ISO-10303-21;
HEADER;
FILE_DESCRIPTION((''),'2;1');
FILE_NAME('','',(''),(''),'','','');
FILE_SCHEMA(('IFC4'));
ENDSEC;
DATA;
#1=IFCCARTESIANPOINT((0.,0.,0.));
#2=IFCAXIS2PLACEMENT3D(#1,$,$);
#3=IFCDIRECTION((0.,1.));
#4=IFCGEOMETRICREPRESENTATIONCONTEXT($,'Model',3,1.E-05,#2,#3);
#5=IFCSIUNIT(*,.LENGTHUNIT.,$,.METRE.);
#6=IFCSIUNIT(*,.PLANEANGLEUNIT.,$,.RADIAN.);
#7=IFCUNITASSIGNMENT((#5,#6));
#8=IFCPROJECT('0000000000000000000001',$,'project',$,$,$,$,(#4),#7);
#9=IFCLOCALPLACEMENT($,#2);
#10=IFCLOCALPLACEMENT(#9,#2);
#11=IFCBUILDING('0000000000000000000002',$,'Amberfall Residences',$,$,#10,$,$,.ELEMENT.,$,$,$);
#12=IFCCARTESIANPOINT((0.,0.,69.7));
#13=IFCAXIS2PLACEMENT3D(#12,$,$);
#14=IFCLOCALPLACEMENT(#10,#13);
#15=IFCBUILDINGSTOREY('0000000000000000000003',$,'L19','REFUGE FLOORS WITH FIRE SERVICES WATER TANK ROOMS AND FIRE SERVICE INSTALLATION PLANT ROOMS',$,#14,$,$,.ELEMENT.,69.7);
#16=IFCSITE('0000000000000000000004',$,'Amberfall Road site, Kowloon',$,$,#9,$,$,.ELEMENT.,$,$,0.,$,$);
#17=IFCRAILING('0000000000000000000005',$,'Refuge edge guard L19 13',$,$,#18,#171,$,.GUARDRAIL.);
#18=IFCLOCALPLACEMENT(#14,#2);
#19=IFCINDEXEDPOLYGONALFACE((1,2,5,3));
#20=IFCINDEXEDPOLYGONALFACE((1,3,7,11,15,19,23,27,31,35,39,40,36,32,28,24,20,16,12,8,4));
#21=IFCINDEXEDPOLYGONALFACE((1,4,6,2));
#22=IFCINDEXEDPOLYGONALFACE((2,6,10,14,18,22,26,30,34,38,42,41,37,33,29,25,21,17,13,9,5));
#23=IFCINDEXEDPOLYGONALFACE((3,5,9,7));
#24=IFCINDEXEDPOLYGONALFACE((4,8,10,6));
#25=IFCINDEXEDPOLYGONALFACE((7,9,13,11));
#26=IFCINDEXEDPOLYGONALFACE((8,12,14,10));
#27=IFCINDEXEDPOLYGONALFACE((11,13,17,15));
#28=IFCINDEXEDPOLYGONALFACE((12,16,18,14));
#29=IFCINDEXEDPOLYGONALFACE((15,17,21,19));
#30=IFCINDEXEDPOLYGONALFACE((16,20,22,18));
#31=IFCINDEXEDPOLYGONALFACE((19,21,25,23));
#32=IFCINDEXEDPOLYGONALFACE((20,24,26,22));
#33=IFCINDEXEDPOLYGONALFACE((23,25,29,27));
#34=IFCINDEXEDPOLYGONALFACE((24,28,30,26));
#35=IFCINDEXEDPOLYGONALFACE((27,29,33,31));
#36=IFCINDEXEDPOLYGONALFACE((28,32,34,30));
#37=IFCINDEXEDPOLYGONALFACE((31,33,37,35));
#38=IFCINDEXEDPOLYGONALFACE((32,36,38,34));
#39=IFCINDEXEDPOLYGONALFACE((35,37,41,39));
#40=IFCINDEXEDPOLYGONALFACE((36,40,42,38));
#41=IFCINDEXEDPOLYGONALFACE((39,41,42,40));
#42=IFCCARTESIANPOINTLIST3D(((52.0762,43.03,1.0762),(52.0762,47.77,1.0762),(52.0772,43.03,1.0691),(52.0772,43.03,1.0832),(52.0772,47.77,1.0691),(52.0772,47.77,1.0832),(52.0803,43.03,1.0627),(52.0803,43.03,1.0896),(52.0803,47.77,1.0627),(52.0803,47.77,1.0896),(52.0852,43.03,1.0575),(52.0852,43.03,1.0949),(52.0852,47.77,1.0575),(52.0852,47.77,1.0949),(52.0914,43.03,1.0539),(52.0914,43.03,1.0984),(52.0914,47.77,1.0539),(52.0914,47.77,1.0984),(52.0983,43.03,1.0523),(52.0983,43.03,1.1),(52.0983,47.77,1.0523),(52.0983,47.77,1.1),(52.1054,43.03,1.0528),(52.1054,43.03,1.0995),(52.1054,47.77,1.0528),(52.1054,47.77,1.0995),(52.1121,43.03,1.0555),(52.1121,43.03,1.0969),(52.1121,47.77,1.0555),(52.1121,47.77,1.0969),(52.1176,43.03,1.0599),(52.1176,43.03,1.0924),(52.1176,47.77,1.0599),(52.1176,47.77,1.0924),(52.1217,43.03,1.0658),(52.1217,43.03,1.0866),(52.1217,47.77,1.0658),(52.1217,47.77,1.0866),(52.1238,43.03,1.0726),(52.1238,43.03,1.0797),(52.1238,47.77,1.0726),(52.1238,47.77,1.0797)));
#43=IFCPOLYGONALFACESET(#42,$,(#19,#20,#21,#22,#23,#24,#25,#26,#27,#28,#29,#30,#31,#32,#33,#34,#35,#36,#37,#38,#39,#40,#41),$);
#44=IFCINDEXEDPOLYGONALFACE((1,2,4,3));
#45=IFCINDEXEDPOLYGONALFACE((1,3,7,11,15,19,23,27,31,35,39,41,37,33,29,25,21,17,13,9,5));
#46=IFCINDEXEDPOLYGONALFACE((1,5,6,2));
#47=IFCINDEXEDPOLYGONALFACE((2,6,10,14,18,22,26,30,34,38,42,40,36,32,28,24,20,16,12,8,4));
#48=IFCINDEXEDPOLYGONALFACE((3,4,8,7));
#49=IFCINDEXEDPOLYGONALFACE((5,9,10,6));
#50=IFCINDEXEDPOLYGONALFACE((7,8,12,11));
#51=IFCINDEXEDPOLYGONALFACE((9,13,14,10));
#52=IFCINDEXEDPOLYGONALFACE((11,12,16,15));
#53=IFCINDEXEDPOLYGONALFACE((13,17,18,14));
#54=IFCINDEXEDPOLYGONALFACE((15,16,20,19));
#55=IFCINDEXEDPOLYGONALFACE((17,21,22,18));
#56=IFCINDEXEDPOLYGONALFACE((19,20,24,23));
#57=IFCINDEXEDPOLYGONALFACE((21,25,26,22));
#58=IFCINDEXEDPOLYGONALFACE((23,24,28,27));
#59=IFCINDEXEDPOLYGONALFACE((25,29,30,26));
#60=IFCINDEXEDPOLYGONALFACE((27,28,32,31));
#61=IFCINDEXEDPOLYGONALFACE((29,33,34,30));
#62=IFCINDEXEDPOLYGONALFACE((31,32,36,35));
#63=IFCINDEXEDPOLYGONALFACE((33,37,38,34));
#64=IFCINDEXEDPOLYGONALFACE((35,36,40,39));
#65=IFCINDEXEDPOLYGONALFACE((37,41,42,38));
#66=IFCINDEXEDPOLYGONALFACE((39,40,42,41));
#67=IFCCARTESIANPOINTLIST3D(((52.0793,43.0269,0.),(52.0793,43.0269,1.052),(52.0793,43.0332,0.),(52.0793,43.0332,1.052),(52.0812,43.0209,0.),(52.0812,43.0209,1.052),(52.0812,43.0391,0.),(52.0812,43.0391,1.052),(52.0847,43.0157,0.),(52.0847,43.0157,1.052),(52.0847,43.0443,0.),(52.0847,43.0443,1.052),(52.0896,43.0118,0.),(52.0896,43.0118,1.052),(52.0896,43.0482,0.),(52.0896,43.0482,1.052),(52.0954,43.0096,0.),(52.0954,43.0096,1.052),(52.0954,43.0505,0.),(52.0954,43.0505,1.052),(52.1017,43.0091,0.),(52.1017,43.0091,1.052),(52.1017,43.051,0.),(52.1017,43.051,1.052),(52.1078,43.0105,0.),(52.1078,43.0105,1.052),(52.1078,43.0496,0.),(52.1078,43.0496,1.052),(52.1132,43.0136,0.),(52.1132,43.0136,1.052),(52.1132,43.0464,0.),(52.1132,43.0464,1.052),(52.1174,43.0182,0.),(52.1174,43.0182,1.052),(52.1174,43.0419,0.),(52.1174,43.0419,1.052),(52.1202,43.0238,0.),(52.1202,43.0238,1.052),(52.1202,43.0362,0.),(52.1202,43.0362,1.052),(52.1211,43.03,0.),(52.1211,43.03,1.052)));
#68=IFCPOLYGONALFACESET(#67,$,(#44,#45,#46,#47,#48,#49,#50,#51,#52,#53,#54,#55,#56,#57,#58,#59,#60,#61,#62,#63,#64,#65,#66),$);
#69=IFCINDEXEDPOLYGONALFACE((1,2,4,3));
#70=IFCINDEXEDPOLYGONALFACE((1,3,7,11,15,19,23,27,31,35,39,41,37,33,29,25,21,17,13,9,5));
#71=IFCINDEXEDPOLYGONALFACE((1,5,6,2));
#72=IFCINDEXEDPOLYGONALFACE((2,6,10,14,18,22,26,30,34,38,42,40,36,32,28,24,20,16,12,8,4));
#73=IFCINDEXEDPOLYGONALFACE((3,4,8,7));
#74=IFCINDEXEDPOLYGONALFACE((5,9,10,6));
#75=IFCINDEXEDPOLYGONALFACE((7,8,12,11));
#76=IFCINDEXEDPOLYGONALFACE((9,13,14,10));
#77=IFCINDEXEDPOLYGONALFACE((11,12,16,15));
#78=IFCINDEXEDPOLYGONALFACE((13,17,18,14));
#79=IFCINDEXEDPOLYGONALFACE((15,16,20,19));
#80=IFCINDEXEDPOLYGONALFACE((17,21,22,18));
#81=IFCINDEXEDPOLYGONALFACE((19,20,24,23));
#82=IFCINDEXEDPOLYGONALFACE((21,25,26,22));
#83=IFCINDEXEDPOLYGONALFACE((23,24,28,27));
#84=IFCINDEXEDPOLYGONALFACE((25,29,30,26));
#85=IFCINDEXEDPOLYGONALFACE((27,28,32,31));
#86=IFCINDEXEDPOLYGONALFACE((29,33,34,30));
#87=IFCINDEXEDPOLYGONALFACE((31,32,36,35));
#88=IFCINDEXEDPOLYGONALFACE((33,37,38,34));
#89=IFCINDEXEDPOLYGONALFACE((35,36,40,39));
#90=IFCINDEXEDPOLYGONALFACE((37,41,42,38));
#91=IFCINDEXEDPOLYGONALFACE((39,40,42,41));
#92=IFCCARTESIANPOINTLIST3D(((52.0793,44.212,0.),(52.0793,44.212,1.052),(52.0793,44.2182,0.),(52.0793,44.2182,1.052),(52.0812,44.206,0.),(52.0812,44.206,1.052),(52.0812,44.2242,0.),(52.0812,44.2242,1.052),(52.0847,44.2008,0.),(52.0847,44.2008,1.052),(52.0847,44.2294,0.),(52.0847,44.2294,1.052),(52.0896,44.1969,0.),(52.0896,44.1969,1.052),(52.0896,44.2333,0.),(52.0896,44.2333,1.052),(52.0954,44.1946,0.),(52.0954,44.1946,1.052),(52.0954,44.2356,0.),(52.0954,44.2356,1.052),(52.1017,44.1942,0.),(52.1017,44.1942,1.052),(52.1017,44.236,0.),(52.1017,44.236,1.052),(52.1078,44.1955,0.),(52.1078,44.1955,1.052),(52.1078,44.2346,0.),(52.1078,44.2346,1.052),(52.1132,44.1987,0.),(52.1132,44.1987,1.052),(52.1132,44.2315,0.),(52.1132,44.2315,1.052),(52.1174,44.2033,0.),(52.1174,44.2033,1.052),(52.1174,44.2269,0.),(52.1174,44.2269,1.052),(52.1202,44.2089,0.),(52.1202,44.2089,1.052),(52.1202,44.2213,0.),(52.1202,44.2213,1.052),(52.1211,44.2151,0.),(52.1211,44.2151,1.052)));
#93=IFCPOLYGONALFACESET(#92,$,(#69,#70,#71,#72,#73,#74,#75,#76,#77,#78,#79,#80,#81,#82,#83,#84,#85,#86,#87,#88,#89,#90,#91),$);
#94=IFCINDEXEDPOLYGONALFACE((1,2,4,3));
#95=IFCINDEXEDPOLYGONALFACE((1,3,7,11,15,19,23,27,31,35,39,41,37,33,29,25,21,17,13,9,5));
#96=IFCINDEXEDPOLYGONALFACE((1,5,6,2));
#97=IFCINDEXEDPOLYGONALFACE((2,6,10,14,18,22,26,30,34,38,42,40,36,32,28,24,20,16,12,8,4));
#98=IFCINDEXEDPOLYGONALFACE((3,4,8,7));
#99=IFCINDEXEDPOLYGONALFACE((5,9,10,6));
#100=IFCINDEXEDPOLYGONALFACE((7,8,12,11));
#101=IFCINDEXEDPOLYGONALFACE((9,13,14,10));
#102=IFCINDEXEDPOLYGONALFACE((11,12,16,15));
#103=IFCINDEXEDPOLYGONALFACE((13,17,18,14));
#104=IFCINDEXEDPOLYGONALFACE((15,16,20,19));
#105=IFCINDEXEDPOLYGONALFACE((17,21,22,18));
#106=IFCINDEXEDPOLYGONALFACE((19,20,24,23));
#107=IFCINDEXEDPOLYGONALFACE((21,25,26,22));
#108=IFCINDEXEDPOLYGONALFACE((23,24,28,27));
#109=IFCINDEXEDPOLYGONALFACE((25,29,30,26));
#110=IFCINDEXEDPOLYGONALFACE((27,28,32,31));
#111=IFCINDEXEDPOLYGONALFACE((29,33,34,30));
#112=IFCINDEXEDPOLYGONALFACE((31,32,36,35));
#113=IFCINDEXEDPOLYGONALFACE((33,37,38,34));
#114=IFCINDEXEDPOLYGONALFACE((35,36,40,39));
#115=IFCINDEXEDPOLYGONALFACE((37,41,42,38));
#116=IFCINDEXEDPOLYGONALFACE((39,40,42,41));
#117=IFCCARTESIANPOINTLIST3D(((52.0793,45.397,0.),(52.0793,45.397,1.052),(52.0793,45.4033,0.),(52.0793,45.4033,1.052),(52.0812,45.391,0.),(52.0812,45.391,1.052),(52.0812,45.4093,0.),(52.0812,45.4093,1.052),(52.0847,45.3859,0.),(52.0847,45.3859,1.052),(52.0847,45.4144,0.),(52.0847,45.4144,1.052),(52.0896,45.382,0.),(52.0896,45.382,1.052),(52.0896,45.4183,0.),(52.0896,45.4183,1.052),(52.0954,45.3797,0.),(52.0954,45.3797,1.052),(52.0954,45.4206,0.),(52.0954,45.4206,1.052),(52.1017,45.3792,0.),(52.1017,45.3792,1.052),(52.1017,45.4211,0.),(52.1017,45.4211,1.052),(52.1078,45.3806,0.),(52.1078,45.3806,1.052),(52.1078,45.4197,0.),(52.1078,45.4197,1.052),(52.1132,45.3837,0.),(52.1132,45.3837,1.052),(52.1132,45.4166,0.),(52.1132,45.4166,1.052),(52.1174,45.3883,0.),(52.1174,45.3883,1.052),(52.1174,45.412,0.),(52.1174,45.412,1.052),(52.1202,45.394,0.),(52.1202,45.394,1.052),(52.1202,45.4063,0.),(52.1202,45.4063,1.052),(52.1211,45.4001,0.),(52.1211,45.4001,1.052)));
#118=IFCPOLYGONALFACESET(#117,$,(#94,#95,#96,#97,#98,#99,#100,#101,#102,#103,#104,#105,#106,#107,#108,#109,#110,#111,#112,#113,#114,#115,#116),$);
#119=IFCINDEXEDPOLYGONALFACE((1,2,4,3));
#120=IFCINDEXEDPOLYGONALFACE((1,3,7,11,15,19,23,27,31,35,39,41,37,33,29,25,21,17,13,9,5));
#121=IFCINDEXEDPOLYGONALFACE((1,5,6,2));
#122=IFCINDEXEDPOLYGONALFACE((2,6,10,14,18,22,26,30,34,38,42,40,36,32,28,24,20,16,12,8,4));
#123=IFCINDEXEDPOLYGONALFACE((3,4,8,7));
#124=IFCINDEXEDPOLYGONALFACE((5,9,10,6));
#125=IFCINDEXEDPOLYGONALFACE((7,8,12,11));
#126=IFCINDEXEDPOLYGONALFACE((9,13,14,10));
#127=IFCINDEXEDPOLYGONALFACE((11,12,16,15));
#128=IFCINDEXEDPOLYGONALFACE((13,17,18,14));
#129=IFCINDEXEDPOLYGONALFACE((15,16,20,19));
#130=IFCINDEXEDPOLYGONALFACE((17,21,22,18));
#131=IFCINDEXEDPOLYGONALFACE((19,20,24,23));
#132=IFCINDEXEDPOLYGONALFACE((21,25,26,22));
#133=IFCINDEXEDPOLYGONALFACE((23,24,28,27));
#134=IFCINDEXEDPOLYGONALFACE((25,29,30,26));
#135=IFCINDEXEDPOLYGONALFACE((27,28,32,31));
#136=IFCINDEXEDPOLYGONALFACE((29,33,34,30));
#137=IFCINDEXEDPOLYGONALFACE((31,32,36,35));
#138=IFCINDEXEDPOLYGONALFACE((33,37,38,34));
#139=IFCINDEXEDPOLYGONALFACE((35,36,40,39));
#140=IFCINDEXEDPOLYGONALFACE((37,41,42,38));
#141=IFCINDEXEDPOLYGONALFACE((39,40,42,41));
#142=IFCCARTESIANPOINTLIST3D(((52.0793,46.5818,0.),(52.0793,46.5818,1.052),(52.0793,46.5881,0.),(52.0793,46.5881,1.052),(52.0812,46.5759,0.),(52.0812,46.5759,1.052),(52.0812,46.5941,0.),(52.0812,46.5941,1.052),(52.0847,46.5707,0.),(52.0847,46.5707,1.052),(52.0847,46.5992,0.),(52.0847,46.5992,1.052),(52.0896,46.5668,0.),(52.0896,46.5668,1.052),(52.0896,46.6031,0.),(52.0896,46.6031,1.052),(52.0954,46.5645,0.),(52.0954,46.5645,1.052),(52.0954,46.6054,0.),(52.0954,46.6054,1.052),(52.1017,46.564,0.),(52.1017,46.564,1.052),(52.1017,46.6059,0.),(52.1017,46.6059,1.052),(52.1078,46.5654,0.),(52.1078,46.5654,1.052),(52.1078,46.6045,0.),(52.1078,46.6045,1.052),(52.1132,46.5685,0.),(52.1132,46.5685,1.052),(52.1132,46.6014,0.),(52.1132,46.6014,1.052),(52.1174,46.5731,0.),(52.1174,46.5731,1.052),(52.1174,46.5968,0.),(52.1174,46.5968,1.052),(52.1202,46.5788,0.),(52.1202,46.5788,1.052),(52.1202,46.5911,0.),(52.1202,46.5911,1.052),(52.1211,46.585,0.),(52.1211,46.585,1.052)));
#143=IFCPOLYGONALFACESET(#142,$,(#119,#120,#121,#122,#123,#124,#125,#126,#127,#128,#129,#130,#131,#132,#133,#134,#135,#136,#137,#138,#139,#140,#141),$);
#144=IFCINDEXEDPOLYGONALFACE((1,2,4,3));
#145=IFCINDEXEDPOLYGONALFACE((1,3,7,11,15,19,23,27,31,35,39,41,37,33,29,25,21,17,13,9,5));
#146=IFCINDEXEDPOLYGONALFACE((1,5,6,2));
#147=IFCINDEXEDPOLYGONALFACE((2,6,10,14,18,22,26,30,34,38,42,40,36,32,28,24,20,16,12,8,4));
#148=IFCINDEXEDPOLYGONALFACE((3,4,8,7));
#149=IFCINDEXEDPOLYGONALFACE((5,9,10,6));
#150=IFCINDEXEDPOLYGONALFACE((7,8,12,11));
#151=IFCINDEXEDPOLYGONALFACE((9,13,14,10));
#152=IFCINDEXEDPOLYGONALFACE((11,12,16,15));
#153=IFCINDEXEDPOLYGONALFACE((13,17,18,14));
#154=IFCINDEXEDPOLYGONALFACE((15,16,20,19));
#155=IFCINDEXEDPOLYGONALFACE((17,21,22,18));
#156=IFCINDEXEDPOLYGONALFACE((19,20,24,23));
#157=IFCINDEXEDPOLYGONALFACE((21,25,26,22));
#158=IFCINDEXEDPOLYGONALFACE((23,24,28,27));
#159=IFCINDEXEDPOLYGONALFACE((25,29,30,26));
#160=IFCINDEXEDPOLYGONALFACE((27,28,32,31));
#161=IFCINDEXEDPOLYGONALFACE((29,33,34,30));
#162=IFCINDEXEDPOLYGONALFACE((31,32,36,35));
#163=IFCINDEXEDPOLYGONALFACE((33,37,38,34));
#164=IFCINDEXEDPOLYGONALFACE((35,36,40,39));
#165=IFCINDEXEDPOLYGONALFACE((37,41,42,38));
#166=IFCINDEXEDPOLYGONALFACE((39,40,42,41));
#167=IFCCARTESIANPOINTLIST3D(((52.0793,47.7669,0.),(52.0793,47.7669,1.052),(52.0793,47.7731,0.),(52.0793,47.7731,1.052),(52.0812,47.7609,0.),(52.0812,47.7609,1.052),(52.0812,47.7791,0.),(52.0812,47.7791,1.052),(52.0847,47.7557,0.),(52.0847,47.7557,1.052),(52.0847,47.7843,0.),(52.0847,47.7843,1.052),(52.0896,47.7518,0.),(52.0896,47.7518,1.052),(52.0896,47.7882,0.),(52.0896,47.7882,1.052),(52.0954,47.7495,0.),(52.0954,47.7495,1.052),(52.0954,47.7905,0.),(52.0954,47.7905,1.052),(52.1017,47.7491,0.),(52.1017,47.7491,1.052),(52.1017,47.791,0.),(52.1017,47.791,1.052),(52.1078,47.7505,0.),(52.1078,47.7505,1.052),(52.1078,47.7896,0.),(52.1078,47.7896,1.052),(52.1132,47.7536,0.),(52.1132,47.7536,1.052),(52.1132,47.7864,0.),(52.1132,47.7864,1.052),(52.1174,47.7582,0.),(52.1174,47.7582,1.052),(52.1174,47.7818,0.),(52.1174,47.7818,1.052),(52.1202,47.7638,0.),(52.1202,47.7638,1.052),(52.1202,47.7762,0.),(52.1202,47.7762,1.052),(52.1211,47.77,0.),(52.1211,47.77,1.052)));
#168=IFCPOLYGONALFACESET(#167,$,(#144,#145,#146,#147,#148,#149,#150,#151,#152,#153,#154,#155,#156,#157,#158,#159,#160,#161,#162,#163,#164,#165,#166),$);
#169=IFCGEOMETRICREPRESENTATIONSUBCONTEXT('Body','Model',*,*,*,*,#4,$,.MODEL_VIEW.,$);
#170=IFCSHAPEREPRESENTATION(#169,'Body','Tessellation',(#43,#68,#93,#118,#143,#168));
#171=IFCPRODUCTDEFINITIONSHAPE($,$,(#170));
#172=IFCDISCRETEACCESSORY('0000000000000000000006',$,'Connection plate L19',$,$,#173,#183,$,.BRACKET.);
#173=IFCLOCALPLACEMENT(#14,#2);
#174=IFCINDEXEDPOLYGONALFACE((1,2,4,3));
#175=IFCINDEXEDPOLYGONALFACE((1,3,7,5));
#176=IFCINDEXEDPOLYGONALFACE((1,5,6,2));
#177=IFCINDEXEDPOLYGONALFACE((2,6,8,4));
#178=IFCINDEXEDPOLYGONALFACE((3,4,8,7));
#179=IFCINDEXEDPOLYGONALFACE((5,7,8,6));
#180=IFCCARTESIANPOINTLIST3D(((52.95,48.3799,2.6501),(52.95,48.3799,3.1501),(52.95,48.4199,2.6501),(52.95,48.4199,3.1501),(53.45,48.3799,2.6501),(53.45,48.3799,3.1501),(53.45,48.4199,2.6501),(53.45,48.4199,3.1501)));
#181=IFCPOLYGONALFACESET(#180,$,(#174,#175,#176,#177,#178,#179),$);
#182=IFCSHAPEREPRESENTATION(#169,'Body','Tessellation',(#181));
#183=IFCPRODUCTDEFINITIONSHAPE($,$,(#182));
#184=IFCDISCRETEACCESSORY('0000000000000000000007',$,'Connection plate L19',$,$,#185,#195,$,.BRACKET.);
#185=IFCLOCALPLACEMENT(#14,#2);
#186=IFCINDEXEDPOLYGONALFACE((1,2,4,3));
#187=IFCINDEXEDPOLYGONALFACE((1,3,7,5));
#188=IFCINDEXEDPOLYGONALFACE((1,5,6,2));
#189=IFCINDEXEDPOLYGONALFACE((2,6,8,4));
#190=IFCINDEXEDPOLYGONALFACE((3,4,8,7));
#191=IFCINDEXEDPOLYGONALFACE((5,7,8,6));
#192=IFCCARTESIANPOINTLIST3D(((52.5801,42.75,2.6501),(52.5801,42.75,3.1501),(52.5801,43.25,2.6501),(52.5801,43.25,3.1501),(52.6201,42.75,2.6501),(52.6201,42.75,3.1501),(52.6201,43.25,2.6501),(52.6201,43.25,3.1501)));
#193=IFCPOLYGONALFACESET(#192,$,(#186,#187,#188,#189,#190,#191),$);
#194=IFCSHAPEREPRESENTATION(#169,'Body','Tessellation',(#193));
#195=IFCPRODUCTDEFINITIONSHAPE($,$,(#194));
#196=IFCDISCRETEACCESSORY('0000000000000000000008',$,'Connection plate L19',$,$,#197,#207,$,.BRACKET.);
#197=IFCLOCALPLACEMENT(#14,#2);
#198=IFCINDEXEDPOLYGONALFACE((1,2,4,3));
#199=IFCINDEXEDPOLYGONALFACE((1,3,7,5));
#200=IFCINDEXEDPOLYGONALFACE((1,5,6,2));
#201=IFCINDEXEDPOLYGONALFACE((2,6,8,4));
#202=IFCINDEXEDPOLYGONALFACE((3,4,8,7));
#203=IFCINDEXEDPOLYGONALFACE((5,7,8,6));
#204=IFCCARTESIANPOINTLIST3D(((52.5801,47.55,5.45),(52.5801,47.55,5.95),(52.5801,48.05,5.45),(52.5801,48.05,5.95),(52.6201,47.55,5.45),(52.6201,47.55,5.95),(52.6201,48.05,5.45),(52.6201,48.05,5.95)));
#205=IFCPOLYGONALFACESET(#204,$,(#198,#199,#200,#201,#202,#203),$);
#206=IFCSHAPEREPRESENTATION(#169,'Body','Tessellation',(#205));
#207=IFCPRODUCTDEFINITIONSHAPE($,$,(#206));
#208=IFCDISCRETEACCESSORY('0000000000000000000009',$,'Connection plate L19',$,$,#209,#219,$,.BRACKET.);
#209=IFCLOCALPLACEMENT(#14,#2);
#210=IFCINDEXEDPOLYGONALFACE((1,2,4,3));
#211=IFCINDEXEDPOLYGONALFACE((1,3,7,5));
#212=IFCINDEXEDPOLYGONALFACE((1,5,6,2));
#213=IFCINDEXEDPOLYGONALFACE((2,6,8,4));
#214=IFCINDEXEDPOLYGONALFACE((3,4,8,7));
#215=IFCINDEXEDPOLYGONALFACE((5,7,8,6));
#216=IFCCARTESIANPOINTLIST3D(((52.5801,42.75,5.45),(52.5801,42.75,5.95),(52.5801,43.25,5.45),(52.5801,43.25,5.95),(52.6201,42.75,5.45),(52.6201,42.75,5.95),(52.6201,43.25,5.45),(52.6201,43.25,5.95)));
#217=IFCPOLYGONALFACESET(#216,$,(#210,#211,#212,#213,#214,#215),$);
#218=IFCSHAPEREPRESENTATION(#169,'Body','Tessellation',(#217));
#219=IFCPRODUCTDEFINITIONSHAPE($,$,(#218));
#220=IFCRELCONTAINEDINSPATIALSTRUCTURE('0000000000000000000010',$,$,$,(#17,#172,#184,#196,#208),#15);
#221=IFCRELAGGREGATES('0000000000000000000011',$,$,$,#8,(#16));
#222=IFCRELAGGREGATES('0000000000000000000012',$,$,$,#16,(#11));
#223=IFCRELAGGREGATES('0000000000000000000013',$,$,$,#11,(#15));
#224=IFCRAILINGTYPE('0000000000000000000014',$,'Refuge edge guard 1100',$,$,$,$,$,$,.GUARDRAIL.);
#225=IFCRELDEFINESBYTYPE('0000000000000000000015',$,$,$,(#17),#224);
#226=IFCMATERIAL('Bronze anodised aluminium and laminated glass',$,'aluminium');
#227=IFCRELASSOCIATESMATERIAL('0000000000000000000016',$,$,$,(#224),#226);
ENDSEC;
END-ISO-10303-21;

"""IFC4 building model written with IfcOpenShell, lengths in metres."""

from ifc_helpers import new_model, si_unit, direction, frame, origin, origin_2d, place, context, subcontext, project, spatial, rectangle, circle, extrude, material, type_object, element, save


model = new_model("IFC4")

# Units and contexts
model_context = context("Model", 3, precision=1e-05, world=origin(), true_north=direction((0.0, 1.0)))
body_context = subcontext(model_context, "Body", "Model", "MODEL_VIEW")
ifc_project = project(units=[si_unit("LENGTHUNIT", "METRE"), si_unit("PLANEANGLEUNIT", "RADIAN")], contexts=[model_context])

# Site, building, storey
site_placement = place(None, origin())
site = spatial("IfcSite", under=ifc_project, at=site_placement, Name="Amberfall Road site, Kowloon", CompositionType="ELEMENT", RefElevation=0.0)
building_placement = place(site_placement, origin())
building = spatial("IfcBuilding", under=site, at=building_placement, Name="Amberfall Residences", CompositionType="ELEMENT")
storey_placement = place(building_placement, frame((0.0, 0.0, 69.7)))
storey = spatial("IfcBuildingStorey", under=building, at=storey_placement, Name="L19", Description="REFUGE FLOORS WITH FIRE SERVICES WATER TANK ROOMS AND FIRE SERVICE INSTALLATION PLANT ROOMS", CompositionType="ELEMENT", Elevation=69.7)

# Railing
ifc_material_1 = material(Name="Bronze anodised aluminium and laminated glass", Category="aluminium")
railing_type = type_object("IfcRailingType", Name="Refuge edge guard 1100", PredefinedType="GUARDRAIL", material=ifc_material_1)
railing_placement = place(storey_placement, frame((52.1001, 43.03, 0.0)))
element("IfcRailing", 1, at=railing_placement, inside=storey, type_object=railing_type, Name="Refuge edge guard L19 13", PredefinedType="GUARDRAIL", context=body_context, shape_type="SweptSolid", body=[
    extrude(circle(Radius=0.0239, at=origin_2d()), frame((0.0, 0.0, 1.0762), z_axis=(0.0, 1.0, 0.0), x_axis=(-1.0, 0.0, 0.0)), (0.0, 0.0, 1.0), 4.74),
    extrude(circle(Radius=0.021, at=origin_2d()), origin(), (0.0, 0.0, 1.0), 1.052),
    extrude(circle(Radius=0.021, at=origin_2d()), frame((0.0, 1.1851, 0.0)), (0.0, 0.0, 1.0), 1.052),
    extrude(circle(Radius=0.021, at=origin_2d()), frame((0.0, 2.3701, 0.0)), (0.0, 0.0, 1.0), 1.052),
    extrude(circle(Radius=0.021, at=origin_2d()), frame((0.0, 3.5549, 0.0)), (0.0, 0.0, 1.0), 1.052),
    extrude(circle(Radius=0.021, at=origin_2d()), frame((0.0, 4.74, 0.0)), (0.0, 0.0, 1.0), 1.052),
])

# Discrete accessories
for number, where, z_axis, x_axis, name in (
    (2, (53.2, 48.3999, 2.6501), (0.0, 0.0, 1.0), (1.0, 0.0, 0.0), "Connection plate L19"),
    (3, (52.6001, 43.0, 2.6501), (0.0, 0.0, 1.0), (0.0, 1.0, 0.0), "Connection plate L19"),
    (4, (52.6001, 47.8, 5.45), (0.0, 0.0, 1.0), (0.0, 1.0, 0.0), "Connection plate L19"),
    (5, (52.6001, 43.0, 5.45), (0.0, 0.0, 1.0), (0.0, 1.0, 0.0), "Connection plate L19"),
):
    element("IfcDiscreteAccessory", number, at=place(storey_placement, frame(where, z_axis=z_axis, x_axis=x_axis)), inside=storey, Name=name, PredefinedType="BRACKET", context=body_context, shape_type="SweptSolid", body=[
        extrude(rectangle(XDim=0.5, YDim=0.04, at=origin_2d()), origin(), (0.0, 0.0, 1.0), 0.5),
    ])

save(model, "model.ifc")
